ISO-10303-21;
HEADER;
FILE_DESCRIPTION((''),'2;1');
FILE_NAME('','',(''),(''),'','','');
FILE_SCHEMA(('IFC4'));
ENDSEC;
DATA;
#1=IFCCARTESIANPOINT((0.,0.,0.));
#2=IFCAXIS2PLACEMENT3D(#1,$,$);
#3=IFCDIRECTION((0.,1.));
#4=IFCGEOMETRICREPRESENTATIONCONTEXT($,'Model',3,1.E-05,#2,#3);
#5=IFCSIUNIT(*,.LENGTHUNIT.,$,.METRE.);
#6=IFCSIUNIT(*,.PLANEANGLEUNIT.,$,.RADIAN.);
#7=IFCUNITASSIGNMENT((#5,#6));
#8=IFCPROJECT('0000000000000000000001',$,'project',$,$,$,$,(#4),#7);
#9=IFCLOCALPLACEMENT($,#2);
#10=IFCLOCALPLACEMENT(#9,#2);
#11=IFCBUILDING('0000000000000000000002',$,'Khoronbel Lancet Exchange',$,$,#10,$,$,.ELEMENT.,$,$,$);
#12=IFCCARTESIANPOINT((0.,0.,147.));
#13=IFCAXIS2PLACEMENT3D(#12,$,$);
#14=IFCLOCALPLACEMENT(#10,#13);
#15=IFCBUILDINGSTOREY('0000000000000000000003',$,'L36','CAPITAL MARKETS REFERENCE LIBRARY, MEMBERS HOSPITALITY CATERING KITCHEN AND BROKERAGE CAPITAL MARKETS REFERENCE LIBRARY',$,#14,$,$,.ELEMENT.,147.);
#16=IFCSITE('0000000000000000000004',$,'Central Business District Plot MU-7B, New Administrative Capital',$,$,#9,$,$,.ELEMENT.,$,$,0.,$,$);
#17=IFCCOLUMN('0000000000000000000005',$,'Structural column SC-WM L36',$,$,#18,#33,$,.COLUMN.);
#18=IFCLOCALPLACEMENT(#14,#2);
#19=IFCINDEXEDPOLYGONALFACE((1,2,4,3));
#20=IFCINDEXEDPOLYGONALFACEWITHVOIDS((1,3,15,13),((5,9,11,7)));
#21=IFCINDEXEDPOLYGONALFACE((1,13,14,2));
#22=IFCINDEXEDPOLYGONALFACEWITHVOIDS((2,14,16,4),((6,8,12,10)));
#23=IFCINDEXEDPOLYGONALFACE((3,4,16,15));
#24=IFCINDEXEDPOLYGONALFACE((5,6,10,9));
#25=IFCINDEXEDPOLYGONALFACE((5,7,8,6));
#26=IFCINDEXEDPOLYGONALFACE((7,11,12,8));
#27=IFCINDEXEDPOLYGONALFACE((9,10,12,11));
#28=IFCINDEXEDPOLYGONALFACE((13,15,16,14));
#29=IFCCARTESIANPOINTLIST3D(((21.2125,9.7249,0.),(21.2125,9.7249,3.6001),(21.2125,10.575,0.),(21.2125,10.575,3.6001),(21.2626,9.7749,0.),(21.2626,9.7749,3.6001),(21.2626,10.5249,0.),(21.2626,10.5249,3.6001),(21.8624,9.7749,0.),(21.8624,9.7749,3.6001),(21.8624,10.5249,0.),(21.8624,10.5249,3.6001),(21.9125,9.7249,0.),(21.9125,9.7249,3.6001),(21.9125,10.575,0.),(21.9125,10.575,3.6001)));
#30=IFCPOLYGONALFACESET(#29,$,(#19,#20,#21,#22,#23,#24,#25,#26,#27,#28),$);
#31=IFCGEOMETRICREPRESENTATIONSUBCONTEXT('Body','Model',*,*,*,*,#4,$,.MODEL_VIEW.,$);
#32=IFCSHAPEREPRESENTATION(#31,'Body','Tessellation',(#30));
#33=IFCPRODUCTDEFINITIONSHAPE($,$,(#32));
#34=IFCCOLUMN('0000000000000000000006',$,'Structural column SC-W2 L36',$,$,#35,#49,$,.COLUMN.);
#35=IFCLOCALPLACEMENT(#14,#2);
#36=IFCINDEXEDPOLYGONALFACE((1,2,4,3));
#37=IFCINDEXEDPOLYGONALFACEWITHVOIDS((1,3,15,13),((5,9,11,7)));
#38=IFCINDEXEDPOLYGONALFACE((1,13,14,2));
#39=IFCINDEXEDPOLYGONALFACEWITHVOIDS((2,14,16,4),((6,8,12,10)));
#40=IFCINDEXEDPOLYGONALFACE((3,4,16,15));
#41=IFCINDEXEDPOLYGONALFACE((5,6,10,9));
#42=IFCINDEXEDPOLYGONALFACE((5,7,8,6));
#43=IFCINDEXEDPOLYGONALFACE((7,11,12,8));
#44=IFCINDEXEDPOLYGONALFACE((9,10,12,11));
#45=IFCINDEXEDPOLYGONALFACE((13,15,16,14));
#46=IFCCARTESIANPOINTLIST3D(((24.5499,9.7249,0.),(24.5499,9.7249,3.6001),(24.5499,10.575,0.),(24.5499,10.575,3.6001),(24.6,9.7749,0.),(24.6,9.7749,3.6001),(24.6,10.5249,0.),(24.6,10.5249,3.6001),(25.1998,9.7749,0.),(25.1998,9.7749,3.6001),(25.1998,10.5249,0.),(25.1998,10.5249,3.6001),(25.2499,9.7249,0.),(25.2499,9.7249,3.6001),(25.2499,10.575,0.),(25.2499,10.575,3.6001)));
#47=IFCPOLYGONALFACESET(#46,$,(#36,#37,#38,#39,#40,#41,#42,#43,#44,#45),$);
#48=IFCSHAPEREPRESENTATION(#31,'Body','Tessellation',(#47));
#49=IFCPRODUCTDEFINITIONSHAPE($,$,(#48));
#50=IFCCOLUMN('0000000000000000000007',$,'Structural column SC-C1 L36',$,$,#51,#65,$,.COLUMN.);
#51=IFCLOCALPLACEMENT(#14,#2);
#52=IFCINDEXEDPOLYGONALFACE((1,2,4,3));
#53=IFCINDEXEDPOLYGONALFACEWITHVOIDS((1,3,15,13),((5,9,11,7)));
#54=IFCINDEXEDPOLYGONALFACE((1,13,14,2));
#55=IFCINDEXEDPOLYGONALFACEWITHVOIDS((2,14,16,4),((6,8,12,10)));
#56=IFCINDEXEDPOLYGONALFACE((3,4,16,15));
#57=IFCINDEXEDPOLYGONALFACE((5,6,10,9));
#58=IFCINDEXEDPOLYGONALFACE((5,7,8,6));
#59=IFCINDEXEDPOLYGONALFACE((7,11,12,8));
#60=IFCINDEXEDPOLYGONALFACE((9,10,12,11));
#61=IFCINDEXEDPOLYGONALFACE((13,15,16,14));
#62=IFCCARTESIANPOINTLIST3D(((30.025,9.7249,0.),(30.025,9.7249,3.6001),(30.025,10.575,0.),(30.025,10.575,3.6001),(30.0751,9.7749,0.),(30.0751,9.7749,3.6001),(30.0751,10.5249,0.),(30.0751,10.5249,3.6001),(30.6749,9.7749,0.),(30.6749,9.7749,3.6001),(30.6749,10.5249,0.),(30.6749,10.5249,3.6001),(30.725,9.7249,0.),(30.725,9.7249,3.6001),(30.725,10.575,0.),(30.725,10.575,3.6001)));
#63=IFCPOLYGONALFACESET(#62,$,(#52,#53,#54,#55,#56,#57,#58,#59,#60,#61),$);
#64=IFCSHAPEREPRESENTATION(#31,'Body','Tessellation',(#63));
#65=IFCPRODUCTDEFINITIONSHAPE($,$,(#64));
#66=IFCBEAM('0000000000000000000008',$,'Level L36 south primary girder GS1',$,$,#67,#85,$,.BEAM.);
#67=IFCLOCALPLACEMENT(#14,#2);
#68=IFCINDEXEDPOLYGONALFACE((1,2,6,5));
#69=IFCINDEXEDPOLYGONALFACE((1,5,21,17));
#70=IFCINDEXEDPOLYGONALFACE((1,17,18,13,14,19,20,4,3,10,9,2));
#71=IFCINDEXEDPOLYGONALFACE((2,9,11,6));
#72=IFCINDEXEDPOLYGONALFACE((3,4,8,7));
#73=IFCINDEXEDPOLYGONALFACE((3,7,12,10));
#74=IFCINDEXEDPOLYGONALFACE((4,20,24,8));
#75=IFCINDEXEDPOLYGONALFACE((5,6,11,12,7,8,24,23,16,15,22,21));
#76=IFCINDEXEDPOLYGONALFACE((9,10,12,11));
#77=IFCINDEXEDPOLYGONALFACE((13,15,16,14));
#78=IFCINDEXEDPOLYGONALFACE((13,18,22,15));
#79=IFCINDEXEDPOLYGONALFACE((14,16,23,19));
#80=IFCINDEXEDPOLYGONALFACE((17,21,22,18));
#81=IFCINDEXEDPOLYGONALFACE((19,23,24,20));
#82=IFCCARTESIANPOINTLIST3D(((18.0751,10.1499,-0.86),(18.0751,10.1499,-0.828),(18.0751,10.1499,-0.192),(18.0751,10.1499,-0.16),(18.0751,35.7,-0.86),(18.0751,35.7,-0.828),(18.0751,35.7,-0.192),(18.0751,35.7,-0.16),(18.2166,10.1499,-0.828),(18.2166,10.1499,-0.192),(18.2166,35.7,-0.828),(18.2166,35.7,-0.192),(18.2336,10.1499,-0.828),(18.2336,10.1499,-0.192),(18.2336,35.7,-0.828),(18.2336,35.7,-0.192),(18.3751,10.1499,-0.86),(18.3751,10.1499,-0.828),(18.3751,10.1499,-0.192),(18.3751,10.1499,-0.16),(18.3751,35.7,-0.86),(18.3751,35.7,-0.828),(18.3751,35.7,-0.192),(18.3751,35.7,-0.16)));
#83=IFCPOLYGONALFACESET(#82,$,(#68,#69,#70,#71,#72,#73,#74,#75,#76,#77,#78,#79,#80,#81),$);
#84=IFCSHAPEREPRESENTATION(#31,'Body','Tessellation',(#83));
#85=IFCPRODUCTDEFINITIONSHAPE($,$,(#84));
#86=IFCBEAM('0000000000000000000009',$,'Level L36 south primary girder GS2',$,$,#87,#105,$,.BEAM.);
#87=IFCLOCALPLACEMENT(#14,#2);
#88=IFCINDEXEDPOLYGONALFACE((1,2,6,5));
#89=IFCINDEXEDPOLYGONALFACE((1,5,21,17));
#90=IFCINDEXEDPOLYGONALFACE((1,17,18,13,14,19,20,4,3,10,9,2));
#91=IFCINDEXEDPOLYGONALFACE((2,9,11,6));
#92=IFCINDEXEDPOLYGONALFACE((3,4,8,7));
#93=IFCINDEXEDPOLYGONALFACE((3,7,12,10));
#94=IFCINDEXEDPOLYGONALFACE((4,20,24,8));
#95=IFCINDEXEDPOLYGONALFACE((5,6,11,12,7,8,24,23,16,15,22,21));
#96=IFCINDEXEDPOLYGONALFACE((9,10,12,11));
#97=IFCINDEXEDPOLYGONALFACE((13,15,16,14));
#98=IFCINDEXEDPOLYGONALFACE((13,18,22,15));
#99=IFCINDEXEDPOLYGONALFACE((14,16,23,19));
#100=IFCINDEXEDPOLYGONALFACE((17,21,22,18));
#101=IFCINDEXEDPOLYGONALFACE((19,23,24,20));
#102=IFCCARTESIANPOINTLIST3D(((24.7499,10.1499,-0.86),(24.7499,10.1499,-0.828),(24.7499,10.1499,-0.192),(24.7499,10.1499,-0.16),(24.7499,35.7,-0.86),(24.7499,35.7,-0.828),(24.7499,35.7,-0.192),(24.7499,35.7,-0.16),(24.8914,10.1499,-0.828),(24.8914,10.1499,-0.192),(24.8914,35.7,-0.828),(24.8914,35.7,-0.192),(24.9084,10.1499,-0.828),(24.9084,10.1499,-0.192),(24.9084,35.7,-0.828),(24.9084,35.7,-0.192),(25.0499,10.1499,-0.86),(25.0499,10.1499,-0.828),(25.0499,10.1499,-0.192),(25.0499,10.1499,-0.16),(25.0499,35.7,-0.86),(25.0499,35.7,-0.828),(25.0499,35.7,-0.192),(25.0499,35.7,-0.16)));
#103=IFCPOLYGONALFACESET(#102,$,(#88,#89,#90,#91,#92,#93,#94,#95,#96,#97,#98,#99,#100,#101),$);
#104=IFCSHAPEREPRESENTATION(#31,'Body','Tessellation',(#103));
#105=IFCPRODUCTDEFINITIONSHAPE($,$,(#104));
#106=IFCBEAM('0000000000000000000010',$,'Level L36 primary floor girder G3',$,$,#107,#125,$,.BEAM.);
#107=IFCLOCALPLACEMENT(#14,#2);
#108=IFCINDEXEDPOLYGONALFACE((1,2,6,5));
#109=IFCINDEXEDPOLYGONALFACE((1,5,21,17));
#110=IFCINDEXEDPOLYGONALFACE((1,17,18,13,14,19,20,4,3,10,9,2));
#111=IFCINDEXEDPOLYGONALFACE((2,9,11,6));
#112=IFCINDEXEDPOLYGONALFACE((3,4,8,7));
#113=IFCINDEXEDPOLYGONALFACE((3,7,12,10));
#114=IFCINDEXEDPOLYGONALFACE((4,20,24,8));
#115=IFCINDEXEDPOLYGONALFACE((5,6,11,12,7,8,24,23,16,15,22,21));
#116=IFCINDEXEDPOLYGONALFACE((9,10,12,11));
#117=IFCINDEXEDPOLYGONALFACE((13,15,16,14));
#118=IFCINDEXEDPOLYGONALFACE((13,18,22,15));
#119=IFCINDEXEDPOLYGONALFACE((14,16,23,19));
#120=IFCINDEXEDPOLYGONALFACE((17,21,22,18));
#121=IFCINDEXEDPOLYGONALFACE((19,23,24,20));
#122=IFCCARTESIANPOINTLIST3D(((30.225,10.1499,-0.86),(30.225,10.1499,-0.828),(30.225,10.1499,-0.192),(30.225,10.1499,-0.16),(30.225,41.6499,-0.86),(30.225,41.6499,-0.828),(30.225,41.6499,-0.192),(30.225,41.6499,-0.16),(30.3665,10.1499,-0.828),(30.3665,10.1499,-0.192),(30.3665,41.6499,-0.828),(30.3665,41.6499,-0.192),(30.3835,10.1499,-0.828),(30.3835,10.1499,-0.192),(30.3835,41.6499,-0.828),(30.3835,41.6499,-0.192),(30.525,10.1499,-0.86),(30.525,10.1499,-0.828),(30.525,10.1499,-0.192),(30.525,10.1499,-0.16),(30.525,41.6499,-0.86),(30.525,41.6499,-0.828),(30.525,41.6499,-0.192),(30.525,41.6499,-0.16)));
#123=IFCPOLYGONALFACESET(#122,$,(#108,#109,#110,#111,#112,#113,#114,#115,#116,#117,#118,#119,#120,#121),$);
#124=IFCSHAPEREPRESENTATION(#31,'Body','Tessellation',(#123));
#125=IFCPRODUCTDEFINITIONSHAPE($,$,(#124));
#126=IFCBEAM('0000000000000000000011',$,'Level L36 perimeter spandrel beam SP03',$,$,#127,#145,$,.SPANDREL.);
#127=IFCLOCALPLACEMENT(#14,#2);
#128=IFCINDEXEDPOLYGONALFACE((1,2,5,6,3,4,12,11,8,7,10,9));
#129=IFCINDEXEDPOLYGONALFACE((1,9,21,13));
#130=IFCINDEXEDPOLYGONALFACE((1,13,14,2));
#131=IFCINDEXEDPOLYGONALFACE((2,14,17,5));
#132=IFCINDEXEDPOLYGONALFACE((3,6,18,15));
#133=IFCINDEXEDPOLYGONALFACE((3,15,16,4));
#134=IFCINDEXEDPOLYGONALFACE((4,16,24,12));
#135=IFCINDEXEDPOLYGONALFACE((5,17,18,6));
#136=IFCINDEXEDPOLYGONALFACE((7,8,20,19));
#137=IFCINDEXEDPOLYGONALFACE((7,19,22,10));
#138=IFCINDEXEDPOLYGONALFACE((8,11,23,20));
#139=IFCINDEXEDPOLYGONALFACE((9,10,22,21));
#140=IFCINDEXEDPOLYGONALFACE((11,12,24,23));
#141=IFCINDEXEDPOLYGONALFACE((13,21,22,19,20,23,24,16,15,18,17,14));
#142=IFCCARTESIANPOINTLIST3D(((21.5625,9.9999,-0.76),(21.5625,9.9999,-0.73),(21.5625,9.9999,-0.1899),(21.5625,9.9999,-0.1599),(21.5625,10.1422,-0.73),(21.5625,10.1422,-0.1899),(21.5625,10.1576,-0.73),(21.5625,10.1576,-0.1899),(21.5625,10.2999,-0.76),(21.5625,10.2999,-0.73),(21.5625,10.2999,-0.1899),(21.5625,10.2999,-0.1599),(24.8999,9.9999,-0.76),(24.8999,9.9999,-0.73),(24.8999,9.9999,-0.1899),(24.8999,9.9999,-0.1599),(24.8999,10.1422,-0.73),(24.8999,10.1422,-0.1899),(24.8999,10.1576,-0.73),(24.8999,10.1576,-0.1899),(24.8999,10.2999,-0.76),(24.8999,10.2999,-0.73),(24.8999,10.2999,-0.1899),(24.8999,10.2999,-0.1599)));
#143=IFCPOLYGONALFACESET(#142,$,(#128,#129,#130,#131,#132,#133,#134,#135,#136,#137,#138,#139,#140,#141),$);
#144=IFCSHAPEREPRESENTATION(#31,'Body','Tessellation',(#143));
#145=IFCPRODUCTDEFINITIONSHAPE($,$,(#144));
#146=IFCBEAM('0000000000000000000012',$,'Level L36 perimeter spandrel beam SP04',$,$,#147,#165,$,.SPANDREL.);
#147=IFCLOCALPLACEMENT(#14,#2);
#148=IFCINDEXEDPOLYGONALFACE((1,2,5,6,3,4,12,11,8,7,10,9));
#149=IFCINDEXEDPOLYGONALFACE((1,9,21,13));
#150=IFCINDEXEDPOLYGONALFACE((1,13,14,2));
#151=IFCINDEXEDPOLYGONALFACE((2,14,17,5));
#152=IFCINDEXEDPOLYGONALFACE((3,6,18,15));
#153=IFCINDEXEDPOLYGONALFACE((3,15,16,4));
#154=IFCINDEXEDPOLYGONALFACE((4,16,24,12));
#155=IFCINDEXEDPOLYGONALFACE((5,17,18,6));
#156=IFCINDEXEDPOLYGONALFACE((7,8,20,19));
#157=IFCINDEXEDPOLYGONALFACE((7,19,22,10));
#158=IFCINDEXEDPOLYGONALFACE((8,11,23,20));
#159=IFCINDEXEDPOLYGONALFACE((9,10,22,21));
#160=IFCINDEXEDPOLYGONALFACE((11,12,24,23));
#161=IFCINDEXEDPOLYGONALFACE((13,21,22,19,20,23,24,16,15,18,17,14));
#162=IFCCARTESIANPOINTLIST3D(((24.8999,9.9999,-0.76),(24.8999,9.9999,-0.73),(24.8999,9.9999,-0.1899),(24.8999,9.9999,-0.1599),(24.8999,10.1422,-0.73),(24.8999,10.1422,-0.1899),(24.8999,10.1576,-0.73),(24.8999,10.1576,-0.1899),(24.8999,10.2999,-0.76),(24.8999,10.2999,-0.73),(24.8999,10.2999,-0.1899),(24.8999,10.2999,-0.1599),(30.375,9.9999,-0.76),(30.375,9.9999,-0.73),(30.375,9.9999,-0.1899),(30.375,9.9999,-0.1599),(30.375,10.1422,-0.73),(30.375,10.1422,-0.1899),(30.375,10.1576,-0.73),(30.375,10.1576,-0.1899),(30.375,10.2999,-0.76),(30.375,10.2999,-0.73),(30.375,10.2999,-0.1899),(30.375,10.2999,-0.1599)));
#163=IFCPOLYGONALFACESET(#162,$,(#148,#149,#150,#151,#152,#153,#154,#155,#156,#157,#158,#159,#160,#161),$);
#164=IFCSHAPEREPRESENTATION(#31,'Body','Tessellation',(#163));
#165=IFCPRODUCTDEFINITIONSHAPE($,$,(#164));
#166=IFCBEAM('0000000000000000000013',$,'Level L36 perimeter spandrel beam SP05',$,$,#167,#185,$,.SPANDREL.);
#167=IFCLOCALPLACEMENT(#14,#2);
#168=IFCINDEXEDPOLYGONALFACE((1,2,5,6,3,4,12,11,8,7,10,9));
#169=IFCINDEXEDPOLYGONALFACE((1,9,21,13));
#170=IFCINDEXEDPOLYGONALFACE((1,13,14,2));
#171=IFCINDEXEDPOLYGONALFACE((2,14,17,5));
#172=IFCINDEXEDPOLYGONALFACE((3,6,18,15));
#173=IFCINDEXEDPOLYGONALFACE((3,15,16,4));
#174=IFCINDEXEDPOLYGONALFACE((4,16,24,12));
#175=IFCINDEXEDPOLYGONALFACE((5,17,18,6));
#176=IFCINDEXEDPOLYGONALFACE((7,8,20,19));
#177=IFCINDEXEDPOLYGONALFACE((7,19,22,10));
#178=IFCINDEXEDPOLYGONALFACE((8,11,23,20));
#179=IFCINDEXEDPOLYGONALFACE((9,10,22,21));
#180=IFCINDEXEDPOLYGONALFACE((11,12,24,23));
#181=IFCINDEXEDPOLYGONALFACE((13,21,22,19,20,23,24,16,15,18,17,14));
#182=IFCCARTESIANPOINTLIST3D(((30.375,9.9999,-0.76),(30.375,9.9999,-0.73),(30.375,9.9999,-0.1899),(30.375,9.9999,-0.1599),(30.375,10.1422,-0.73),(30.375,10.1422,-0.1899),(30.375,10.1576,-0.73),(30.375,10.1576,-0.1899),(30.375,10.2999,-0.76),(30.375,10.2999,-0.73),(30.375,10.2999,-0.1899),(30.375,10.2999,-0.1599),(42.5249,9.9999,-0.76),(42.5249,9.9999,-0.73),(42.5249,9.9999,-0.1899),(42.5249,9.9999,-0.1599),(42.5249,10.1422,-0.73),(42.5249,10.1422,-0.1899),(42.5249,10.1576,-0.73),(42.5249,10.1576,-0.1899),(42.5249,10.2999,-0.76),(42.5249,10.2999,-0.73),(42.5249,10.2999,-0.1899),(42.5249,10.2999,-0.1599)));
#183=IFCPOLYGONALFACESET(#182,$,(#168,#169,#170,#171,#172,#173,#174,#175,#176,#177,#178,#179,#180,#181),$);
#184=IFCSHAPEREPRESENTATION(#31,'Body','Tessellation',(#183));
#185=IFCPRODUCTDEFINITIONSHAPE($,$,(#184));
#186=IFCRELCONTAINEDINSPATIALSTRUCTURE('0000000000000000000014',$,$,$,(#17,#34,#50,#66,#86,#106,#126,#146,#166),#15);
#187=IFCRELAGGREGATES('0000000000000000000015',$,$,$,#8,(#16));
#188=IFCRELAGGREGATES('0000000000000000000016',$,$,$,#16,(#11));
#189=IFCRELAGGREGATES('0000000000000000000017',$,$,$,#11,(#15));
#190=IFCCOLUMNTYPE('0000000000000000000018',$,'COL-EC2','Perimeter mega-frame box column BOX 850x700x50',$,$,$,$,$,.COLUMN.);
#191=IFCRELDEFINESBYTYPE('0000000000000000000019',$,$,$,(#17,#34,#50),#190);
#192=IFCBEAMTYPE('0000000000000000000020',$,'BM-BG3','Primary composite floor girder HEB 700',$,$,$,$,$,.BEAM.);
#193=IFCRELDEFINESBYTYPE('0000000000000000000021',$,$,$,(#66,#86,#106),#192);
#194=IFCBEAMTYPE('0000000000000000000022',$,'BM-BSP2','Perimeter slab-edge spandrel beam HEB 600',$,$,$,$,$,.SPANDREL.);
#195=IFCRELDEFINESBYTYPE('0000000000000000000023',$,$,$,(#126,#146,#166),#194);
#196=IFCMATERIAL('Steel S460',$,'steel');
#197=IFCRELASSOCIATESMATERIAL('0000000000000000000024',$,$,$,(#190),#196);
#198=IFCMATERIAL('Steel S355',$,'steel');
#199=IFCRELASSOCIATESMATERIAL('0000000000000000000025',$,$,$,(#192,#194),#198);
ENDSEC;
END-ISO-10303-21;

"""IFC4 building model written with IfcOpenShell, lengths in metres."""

from ifc_helpers import new_model, si_unit, direction, frame, origin, origin_2d, place, context, subcontext, project, spatial, hollow_rectangle, i_section, extrude, material, material_profile, profile_set, type_object, element, save


model = new_model("IFC4")

# Units and contexts
model_context = context("Model", 3, precision=1e-05, world=origin(), true_north=direction((0.0, 1.0)))
body_context = subcontext(model_context, "Body", "Model", "MODEL_VIEW")
ifc_project = project(units=[si_unit("LENGTHUNIT", "METRE"), si_unit("PLANEANGLEUNIT", "RADIAN")], contexts=[model_context])

# Site, building, storey
site_placement = place(None, origin())
site = spatial("IfcSite", under=ifc_project, at=site_placement, Name="Central Business District Plot MU-7B, New Administrative Capital", CompositionType="ELEMENT", RefElevation=0.0)
building_placement = place(site_placement, origin())
building = spatial("IfcBuilding", under=site, at=building_placement, Name="Khoronbel Lancet Exchange", CompositionType="ELEMENT")
storey_placement = place(building_placement, frame((0.0, 0.0, 147.0)))
storey = spatial("IfcBuildingStorey", under=building, at=storey_placement, Name="L36", Description="CAPITAL MARKETS REFERENCE LIBRARY, MEMBERS HOSPITALITY CATERING KITCHEN AND BROKERAGE CAPITAL MARKETS REFERENCE LIBRARY", CompositionType="ELEMENT", Elevation=147.0)

# Columns
ifc_material_1 = material(Name="Steel S460", Category="steel")
ifc_material_profile_1 = material_profile(ifc_material_1, hollow_rectangle(XDim=0.7, YDim=0.8501, WallThickness=0.05, at=origin_2d()), Name="BOX 850x700x50")
ifc_profile_set_1 = profile_set([ifc_material_profile_1], Name="Steel S460")
column_type = type_object("IfcColumnType", Name="COL-EC2", Description="Perimeter mega-frame box column BOX 850x700x50", PredefinedType="COLUMN", material=ifc_profile_set_1)
for number, where, z_axis, x_axis, name in (
    (1, (21.5625, 10.1499, 0.0), (0.0, 0.0, 1.0), (1.0, 0.0, 0.0), "Structural column SC-WM L36"),
    (2, (24.8999, 10.1499, 0.0), (0.0, 0.0, 1.0), (1.0, 0.0, 0.0), "Structural column SC-W2 L36"),
    (3, (30.375, 10.1499, 0.0), (0.0, 0.0, 1.0), (1.0, 0.0, 0.0), "Structural column SC-C1 L36"),
):
    element("IfcColumn", number, at=place(storey_placement, frame(where, z_axis=z_axis, x_axis=x_axis)), inside=storey, type_object=column_type, Name=name, PredefinedType="COLUMN", context=body_context, shape_type="SweptSolid", body=[
        extrude(hollow_rectangle(XDim=0.7, YDim=0.8501, WallThickness=0.05, at=origin_2d()), origin(), (0.0, 0.0, 1.0), 3.6001),
    ])

# Beams
ifc_material_2 = material(Name="Steel S355", Category="steel")
ifc_material_profile_2 = material_profile(ifc_material_2, i_section(OverallWidth=0.3, OverallDepth=0.7, WebThickness=0.0171, FlangeThickness=0.032, at=origin_2d()), Name="HEB 700")
ifc_profile_set_2 = profile_set([ifc_material_profile_2], Name="Steel S355")
beam_type_1 = type_object("IfcBeamType", Name="BM-BG3", Description="Primary composite floor girder HEB 700", PredefinedType="BEAM", material=ifc_profile_set_2)
for number, where, z_axis, x_axis, name in (
    (4, (18.2251, 10.1499, -0.51), (0.0, 1.0, 0.0), (-1.0, 0.0, 0.0), "Level L36 south primary girder GS1"),
    (5, (24.8999, 10.1499, -0.51), (0.0, 1.0, 0.0), (-1.0, 0.0, 0.0), "Level L36 south primary girder GS2"),
):
    element("IfcBeam", number, at=place(storey_placement, frame(where, z_axis=z_axis, x_axis=x_axis)), inside=storey, type_object=beam_type_1, Name=name, PredefinedType="BEAM", context=body_context, shape_type="SweptSolid", body=[
        extrude(i_section(OverallWidth=0.3, OverallDepth=0.7, WebThickness=0.0171, FlangeThickness=0.032, at=origin_2d()), origin(), (0.0, 0.0, 1.0), 25.55),
    ])
beam_1_placement = place(storey_placement, frame((30.375, 10.1499, -0.51), z_axis=(0.0, 1.0, 0.0), x_axis=(-1.0, 0.0, 0.0)))
element("IfcBeam", 6, at=beam_1_placement, inside=storey, type_object=beam_type_1, Name="Level L36 primary floor girder G3", PredefinedType="BEAM", context=body_context, shape_type="SweptSolid", body=[
    extrude(i_section(OverallWidth=0.3, OverallDepth=0.7, WebThickness=0.0171, FlangeThickness=0.032, at=origin_2d()), origin(), (0.0, 0.0, 1.0), 31.5),
])
ifc_material_profile_3 = material_profile(ifc_material_2, i_section(OverallWidth=0.3, OverallDepth=0.6001, WebThickness=0.0154, FlangeThickness=0.03, at=origin_2d()), Name="HEB 600")
ifc_profile_set_3 = profile_set([ifc_material_profile_3], Name="Steel S355")
beam_type_2 = type_object("IfcBeamType", Name="BM-BSP2", Description="Perimeter slab-edge spandrel beam HEB 600", PredefinedType="SPANDREL", material=ifc_profile_set_3)
beam_2_placement = place(storey_placement, frame((21.5625, 10.1499, -0.46), z_axis=(1.0, 0.0, 0.0), x_axis=(0.0, 1.0, 0.0)))
element("IfcBeam", 7, at=beam_2_placement, inside=storey, type_object=beam_type_2, Name="Level L36 perimeter spandrel beam SP03", PredefinedType="SPANDREL", context=body_context, shape_type="SweptSolid", body=[
    extrude(i_section(OverallWidth=0.3, OverallDepth=0.6001, WebThickness=0.0154, FlangeThickness=0.03, at=origin_2d()), origin(), (0.0, 0.0, 1.0), 3.3374),
])
beam_3_placement = place(storey_placement, frame((24.8999, 10.1499, -0.46), z_axis=(1.0, 0.0, 0.0), x_axis=(0.0, 1.0, 0.0)))
element("IfcBeam", 8, at=beam_3_placement, inside=storey, type_object=beam_type_2, Name="Level L36 perimeter spandrel beam SP04", PredefinedType="SPANDREL", context=body_context, shape_type="SweptSolid", body=[
    extrude(i_section(OverallWidth=0.3, OverallDepth=0.6001, WebThickness=0.0154, FlangeThickness=0.03, at=origin_2d()), origin(), (0.0, 0.0, 1.0), 5.4751),
])
beam_4_placement = place(storey_placement, frame((30.375, 10.1499, -0.46), z_axis=(1.0, 0.0, 0.0), x_axis=(0.0, 1.0, 0.0)))
element("IfcBeam", 9, at=beam_4_placement, inside=storey, type_object=beam_type_2, Name="Level L36 perimeter spandrel beam SP05", PredefinedType="SPANDREL", context=body_context, shape_type="SweptSolid", body=[
    extrude(i_section(OverallWidth=0.3, OverallDepth=0.6001, WebThickness=0.0154, FlangeThickness=0.03, at=origin_2d()), origin(), (0.0, 0.0, 1.0), 12.1499),
])

save(model, "model.ifc")
